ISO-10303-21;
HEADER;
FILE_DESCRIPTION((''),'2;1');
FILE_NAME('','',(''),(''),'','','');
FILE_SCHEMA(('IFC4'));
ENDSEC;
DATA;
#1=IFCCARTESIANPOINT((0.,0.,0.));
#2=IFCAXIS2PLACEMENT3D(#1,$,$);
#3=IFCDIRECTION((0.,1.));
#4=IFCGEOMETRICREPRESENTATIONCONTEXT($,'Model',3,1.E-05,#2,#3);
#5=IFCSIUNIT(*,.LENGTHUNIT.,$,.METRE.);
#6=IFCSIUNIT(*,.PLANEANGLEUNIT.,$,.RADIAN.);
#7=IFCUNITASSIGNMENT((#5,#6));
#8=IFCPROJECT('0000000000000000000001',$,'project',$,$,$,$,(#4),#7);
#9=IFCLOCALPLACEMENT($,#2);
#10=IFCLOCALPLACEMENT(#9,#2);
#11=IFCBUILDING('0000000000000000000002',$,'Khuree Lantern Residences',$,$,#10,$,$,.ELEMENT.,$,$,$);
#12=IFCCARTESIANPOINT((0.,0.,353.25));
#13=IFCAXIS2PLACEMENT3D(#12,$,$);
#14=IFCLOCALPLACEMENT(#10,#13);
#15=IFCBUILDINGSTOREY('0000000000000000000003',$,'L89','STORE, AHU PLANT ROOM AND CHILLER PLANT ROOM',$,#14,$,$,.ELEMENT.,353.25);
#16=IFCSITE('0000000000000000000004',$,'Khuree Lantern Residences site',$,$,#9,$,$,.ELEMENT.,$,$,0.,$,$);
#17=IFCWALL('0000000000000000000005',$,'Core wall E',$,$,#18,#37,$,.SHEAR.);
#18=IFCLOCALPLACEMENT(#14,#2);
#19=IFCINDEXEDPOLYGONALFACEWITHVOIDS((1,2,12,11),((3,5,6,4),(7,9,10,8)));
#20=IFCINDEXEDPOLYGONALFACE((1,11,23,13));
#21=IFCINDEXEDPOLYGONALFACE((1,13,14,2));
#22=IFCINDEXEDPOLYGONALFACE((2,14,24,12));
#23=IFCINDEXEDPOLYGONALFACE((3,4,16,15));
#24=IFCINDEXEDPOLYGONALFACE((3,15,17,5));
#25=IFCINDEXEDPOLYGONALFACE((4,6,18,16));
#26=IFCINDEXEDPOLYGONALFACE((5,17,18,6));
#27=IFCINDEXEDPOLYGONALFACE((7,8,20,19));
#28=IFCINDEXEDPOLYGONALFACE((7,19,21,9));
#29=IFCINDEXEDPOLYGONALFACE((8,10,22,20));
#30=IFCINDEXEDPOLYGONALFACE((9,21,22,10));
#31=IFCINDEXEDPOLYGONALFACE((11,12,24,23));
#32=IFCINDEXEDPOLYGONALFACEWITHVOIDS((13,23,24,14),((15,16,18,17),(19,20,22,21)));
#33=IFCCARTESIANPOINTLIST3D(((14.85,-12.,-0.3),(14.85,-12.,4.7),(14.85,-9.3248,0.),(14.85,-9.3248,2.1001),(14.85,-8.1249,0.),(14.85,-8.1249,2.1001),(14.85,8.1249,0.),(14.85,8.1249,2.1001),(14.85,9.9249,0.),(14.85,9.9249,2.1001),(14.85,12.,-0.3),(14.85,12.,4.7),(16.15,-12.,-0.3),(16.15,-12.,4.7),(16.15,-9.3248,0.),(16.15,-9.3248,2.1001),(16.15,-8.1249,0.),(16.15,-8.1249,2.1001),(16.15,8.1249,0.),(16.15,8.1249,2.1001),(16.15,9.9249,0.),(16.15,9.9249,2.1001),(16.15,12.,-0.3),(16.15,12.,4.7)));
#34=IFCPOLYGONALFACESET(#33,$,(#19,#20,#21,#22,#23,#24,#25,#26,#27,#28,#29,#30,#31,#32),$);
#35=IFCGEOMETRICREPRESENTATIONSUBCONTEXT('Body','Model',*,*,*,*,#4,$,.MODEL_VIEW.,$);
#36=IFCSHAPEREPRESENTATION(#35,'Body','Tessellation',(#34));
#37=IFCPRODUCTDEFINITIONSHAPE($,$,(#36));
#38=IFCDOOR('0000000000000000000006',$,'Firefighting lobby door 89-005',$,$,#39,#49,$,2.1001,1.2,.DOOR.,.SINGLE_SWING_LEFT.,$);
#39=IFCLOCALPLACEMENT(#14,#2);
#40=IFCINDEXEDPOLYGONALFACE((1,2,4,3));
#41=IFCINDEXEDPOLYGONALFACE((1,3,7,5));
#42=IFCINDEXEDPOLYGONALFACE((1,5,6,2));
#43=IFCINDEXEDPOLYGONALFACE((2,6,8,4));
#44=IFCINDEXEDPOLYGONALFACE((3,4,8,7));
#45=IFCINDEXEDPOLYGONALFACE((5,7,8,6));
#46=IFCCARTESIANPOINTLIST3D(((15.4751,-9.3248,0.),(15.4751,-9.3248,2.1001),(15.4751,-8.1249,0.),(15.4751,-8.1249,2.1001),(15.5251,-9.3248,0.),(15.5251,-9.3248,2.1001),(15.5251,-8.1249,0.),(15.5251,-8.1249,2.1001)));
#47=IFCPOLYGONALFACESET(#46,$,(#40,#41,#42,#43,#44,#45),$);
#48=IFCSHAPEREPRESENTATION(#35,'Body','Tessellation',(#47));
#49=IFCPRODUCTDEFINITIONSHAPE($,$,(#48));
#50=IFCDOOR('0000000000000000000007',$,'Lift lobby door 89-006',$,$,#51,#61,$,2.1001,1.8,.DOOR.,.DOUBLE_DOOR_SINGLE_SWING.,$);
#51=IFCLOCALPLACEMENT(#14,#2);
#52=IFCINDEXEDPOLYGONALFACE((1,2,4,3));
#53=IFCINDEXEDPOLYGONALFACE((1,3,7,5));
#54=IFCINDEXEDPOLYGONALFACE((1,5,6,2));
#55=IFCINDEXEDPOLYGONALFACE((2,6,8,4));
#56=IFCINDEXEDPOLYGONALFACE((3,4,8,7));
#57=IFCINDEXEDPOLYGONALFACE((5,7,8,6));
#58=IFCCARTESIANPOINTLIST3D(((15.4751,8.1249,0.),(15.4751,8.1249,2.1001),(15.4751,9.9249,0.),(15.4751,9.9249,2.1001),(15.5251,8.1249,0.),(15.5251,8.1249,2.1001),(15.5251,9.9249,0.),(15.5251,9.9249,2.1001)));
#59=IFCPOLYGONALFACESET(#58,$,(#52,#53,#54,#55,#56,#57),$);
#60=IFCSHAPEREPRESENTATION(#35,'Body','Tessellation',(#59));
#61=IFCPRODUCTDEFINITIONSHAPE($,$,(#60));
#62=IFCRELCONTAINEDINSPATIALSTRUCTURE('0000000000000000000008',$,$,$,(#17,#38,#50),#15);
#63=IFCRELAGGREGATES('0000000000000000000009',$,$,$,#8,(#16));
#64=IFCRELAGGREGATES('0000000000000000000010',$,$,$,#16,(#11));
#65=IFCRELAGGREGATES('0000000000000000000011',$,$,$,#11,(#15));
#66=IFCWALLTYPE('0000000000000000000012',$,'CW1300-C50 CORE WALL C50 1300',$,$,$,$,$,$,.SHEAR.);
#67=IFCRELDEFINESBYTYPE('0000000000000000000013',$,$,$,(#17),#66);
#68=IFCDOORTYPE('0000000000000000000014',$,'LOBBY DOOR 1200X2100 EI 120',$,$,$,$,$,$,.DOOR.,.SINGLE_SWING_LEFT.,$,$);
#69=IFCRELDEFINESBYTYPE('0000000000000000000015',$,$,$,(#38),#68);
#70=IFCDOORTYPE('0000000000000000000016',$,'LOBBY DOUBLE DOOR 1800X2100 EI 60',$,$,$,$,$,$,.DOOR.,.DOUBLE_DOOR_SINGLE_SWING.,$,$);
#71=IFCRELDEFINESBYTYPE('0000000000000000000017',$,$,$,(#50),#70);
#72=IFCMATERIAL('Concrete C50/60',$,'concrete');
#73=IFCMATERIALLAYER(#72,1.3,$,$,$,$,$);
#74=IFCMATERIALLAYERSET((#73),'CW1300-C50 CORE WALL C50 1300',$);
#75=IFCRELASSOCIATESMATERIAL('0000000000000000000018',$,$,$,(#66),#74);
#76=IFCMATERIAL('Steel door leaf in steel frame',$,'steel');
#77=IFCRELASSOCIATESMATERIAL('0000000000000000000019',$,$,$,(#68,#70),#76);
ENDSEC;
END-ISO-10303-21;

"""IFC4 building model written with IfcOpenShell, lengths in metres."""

from ifc_helpers import new_model, si_unit, direction, frame, frame_2d, origin, place, context, subcontext, project, spatial, rectangle, extrude, material, layer, layer_set, type_object, element, fill, save


model = new_model("IFC4")

# Units and contexts
model_context = context("Model", 3, precision=1e-05, world=origin(), true_north=direction((0.0, 1.0)))
body_context = subcontext(model_context, "Body", "Model", "MODEL_VIEW")
ifc_project = project(units=[si_unit("LENGTHUNIT", "METRE"), si_unit("PLANEANGLEUNIT", "RADIAN")], contexts=[model_context])

# Site, building, storey
site_placement = place(None, origin())
site = spatial("IfcSite", under=ifc_project, at=site_placement, Name="Khuree Lantern Residences site", CompositionType="ELEMENT", RefElevation=0.0)
building_placement = place(site_placement, origin())
building = spatial("IfcBuilding", under=site, at=building_placement, Name="Khuree Lantern Residences", CompositionType="ELEMENT")
storey_placement = place(building_placement, frame((0.0, 0.0, 353.25)))
storey = spatial("IfcBuildingStorey", under=building, at=storey_placement, Name="L89", Description="STORE, AHU PLANT ROOM AND CHILLER PLANT ROOM", CompositionType="ELEMENT", Elevation=353.25)

# Shared definitions
ifc_material_1 = material(Name="Concrete C50/60", Category="concrete")

# Wall, openings, doors
ifc_layer_1 = layer(ifc_material_1, 1.3)
ifc_layer_set_1 = layer_set([ifc_layer_1], Name="CW1300-C50 CORE WALL C50 1300")
wall_type = type_object("IfcWallType", Name="CW1300-C50 CORE WALL C50 1300", PredefinedType="SHEAR", material=ifc_layer_set_1)
wall_placement = place(storey_placement, frame((15.5, -12.0, -0.3), z_axis=(0.0, 0.0, 1.0), x_axis=(0.0, 1.0, 0.0)))
wall = element("IfcWall", 1, at=wall_placement, inside=storey, type_object=wall_type, Name="Core wall E", PredefinedType="SHEAR", context=body_context, shape_type="SweptSolid", body=[
    extrude(rectangle(XDim=24.0, YDim=1.3, at=frame_2d((12.0, 0.0))), origin(), (0.0, 0.0, 1.0), 5.0),
])
opening_1_placement = place(wall_placement, frame((2.675, 0.0, 0.3)))
opening_1 = element("IfcOpeningElement", 2, at=opening_1_placement, cuts=wall, PredefinedType="OPENING", context=body_context, shape_type="SweptSolid", body=[
    extrude(rectangle(XDim=1.2, YDim=2.1001, at=frame_2d((0.6001, 1.05))), frame((0.0, 0.6602, 0.0), z_axis=(0.0, -1.0, 0.0), x_axis=(1.0, 0.0, 0.0)), (0.0, 0.0, 1.0), 1.3201),
])
opening_2_placement = place(wall_placement, frame((20.125, 0.0, 0.3)))
opening_2 = element("IfcOpeningElement", 3, at=opening_2_placement, cuts=wall, PredefinedType="OPENING", context=body_context, shape_type="SweptSolid", body=[
    extrude(rectangle(XDim=1.8, YDim=2.1001, at=frame_2d((0.8999, 1.05))), frame((0.0, 0.6602, 0.0), z_axis=(0.0, -1.0, 0.0), x_axis=(1.0, 0.0, 0.0)), (0.0, 0.0, 1.0), 1.3201),
])
ifc_material_2 = material(Name="Steel door leaf in steel frame", Category="steel")
door_type_1 = type_object("IfcDoorType", Name="LOBBY DOOR 1200X2100 EI 120", OperationType="SINGLE_SWING_LEFT", PredefinedType="DOOR", material=ifc_material_2)
door_1_placement = place(opening_1_placement, origin())
door_1 = element("IfcDoor", 4, at=door_1_placement, inside=storey, type_object=door_type_1, Name="Firefighting lobby door 89-005", OperationType="SINGLE_SWING_LEFT", OverallHeight=2.1001, OverallWidth=1.2, PredefinedType="DOOR", context=body_context, shape_type="SweptSolid", body=[
    extrude(rectangle(XDim=1.2, YDim=2.1001, at=frame_2d((0.6001, 1.05))), frame((0.0, 0.0249, 0.0), z_axis=(0.0, -1.0, 0.0), x_axis=(1.0, 0.0, 0.0)), (0.0, 0.0, 1.0), 0.05),
])
fill(opening_1, door_1)
door_type_2 = type_object("IfcDoorType", Name="LOBBY DOUBLE DOOR 1800X2100 EI 60", OperationType="DOUBLE_DOOR_SINGLE_SWING", PredefinedType="DOOR", material=ifc_material_2)
door_2_placement = place(opening_2_placement, origin())
door_2 = element("IfcDoor", 5, at=door_2_placement, inside=storey, type_object=door_type_2, Name="Lift lobby door 89-006", OperationType="DOUBLE_DOOR_SINGLE_SWING", OverallHeight=2.1001, OverallWidth=1.8, PredefinedType="DOOR", context=body_context, shape_type="SweptSolid", body=[
    extrude(rectangle(XDim=1.8, YDim=2.1001, at=frame_2d((0.8999, 1.05))), frame((0.0, 0.0249, 0.0), z_axis=(0.0, -1.0, 0.0), x_axis=(1.0, 0.0, 0.0)), (0.0, 0.0, 1.0), 0.05),
])
fill(opening_2, door_2)

save(model, "model.ifc")
